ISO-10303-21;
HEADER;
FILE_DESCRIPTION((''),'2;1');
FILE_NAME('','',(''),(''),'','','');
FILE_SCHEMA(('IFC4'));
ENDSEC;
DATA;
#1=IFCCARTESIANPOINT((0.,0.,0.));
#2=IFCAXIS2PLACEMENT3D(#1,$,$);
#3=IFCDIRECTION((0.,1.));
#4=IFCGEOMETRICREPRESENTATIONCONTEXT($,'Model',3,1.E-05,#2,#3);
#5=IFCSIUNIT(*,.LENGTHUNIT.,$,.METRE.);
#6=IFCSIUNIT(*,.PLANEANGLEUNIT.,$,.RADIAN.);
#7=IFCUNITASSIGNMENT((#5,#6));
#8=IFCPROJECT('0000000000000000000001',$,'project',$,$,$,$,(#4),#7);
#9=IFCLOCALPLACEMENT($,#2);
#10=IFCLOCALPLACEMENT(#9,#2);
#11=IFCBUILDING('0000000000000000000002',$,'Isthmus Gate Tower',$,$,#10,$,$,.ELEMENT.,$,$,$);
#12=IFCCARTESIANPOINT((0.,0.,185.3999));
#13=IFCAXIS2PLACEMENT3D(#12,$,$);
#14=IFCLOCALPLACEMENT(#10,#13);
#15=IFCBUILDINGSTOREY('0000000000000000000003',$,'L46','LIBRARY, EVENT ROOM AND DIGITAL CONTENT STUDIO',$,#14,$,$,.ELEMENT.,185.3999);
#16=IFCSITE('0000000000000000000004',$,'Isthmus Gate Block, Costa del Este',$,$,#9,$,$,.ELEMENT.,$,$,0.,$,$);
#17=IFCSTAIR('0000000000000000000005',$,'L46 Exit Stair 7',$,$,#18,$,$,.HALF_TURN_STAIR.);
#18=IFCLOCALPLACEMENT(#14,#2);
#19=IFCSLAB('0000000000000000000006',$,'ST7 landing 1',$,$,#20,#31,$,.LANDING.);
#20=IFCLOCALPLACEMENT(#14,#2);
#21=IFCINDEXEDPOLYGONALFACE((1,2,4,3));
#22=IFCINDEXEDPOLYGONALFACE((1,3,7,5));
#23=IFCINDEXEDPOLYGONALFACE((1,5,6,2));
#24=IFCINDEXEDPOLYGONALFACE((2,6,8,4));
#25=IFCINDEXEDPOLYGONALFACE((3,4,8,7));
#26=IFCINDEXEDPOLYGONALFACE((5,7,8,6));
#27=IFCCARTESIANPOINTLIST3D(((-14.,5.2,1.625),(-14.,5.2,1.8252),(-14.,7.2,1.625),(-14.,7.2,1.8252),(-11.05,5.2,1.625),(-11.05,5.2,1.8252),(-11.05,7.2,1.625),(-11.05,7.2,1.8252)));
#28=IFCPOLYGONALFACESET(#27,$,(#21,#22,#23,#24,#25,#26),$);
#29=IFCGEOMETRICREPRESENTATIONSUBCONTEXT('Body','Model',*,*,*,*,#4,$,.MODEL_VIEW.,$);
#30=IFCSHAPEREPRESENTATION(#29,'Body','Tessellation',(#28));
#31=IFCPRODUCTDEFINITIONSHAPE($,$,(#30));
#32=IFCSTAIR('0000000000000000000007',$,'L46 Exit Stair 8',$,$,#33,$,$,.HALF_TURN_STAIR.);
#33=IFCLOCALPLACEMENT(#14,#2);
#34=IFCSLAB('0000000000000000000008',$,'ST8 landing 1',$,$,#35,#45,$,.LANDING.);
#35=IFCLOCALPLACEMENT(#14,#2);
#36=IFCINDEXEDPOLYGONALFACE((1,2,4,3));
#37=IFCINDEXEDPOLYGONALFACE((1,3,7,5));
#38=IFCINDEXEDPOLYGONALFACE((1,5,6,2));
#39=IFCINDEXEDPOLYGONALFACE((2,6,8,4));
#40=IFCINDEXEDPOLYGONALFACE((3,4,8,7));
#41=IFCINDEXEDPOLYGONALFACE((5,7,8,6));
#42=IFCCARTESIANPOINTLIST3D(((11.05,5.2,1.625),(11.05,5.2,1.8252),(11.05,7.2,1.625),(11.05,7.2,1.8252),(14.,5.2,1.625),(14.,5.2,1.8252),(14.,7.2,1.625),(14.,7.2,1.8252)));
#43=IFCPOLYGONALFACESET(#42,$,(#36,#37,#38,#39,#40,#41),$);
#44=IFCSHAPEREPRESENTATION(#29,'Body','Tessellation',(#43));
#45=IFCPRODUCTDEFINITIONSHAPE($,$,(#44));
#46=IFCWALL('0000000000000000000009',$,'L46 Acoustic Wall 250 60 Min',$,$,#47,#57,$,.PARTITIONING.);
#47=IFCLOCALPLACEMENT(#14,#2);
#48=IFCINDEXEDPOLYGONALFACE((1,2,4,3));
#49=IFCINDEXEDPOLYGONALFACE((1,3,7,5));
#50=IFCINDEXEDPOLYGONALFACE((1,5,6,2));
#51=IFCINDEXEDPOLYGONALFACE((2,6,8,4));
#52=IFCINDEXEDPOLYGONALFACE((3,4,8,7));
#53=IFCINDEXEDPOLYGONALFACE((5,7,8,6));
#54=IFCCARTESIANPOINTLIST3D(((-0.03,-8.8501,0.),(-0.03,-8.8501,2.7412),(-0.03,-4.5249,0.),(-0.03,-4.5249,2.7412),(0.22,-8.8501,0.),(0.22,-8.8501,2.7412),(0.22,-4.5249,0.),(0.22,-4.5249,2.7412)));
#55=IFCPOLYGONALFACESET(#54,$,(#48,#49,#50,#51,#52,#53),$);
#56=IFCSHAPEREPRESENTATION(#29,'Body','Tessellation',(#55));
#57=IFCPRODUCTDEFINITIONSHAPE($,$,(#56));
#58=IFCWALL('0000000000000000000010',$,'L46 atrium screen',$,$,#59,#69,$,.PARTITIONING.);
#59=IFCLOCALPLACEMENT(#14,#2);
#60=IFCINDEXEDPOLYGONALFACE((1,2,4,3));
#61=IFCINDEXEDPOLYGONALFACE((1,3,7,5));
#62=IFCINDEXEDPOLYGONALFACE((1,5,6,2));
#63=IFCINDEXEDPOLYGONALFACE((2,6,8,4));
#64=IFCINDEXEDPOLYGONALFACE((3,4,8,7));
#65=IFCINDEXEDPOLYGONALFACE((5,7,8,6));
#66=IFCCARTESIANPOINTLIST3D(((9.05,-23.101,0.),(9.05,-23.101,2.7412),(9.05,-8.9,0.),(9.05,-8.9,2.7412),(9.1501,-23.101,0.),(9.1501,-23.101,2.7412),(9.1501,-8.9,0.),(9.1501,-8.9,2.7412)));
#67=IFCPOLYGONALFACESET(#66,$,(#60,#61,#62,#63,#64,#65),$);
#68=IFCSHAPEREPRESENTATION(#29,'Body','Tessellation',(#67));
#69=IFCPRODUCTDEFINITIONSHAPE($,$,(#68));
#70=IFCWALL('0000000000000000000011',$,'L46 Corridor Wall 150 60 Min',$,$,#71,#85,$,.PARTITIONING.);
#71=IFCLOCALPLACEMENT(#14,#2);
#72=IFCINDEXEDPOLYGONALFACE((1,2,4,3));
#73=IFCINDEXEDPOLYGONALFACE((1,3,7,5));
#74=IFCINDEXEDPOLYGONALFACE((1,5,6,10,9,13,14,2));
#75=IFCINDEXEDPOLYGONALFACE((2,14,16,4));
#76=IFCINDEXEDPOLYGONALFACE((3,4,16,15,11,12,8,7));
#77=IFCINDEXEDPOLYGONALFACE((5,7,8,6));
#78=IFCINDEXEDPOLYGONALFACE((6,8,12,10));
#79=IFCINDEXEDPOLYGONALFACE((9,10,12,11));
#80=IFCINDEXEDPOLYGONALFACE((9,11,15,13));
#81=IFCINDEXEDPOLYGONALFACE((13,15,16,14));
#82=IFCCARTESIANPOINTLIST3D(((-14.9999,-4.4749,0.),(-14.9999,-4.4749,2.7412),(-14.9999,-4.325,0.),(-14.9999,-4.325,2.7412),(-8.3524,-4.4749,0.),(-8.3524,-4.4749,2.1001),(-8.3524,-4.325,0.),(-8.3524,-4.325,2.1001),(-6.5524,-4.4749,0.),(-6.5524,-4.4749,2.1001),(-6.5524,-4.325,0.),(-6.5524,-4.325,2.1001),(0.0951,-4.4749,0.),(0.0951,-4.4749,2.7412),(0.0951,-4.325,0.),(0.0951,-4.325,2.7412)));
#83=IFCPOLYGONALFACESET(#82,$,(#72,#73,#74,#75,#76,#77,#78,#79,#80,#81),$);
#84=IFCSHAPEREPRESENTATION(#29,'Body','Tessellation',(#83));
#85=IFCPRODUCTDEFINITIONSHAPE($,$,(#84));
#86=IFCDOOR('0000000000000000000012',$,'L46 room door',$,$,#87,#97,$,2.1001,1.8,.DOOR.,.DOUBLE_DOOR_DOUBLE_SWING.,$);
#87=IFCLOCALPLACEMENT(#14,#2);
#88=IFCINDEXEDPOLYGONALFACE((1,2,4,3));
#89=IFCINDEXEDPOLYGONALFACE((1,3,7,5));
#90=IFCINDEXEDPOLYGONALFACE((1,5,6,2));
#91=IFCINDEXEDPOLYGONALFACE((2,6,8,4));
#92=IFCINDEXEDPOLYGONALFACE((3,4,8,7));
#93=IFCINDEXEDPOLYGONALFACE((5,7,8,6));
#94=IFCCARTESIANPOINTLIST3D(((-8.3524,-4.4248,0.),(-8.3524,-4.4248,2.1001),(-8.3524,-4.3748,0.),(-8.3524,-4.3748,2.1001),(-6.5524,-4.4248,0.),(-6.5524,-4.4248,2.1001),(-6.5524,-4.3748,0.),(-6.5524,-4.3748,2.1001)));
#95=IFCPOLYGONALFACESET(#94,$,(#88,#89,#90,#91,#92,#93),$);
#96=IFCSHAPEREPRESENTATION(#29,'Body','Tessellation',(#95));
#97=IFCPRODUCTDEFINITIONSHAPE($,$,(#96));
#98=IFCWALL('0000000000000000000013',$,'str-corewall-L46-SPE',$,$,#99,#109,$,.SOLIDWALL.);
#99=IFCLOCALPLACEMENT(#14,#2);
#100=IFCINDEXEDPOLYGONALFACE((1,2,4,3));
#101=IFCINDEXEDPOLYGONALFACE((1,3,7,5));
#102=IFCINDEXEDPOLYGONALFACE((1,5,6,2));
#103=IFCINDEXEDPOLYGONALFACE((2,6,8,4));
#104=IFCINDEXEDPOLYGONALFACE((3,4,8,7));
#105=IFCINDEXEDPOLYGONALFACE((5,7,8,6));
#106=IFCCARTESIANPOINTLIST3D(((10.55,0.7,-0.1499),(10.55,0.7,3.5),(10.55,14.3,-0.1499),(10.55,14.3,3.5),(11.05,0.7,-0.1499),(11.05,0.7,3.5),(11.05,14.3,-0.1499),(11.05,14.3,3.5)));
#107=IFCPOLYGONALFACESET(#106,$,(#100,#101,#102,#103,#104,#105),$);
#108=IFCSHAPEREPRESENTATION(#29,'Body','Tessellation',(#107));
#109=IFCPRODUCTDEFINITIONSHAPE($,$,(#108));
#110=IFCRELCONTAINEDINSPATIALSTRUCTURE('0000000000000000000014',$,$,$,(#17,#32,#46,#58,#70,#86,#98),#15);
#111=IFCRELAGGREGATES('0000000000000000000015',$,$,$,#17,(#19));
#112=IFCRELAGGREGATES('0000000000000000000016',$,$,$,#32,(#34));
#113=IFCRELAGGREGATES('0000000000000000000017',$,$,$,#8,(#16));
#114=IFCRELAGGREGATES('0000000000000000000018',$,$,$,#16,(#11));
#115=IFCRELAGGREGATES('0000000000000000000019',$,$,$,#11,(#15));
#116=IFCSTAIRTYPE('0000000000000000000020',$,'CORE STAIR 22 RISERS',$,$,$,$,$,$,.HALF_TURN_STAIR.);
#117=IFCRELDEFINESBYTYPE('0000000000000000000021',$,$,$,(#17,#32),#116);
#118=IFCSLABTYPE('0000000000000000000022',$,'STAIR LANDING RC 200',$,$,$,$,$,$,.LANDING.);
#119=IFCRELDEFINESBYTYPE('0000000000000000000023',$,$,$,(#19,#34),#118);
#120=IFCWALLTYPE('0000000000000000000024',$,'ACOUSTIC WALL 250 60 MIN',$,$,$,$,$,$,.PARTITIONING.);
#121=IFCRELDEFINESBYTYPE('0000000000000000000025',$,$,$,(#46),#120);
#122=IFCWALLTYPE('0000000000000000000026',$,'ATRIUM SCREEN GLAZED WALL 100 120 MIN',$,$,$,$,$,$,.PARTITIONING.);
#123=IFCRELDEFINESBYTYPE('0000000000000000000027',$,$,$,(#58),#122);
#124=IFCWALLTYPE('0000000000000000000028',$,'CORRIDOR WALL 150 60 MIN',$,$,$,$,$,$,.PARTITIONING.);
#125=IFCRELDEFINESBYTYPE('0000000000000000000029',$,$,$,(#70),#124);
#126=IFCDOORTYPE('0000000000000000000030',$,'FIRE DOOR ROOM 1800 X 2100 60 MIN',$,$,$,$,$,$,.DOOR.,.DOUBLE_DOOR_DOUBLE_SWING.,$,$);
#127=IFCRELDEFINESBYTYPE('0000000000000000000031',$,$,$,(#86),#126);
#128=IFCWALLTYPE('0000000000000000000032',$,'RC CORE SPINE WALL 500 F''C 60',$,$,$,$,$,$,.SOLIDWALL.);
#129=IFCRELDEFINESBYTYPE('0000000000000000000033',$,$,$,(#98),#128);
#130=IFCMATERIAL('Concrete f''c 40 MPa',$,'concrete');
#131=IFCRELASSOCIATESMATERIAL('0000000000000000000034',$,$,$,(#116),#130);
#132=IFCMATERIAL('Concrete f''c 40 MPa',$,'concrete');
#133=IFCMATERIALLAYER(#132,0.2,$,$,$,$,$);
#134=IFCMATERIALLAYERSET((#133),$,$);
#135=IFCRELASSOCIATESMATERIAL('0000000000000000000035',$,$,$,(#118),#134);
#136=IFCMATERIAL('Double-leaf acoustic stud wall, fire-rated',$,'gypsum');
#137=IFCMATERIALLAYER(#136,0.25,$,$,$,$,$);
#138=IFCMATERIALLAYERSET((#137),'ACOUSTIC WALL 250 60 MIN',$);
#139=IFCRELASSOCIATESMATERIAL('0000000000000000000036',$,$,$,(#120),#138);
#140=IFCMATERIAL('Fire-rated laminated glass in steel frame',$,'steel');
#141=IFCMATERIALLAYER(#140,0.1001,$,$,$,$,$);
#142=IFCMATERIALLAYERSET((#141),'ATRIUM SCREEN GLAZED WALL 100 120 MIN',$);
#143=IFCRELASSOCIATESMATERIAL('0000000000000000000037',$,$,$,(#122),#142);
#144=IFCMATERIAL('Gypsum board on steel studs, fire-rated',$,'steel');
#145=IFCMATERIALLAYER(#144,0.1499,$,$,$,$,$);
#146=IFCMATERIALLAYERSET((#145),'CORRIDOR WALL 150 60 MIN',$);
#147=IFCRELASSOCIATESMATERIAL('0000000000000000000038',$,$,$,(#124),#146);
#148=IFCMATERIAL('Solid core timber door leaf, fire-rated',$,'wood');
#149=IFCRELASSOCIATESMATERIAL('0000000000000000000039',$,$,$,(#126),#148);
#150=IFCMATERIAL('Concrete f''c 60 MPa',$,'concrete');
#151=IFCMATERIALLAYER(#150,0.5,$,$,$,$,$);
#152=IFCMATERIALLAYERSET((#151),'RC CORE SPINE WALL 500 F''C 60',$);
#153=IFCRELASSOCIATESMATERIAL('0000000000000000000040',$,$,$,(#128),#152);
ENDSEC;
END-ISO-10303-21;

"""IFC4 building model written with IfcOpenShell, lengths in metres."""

from ifc_helpers import new_model, si_unit, direction, frame, frame_2d, origin, place, context, subcontext, project, spatial, polyline, rectangle, outline, extrude, material, layer, layer_set, type_object, element, fill, aggregate, save


model = new_model("IFC4")

# Units and contexts
model_context = context("Model", 3, precision=1e-05, world=origin(), true_north=direction((0.0, 1.0)))
body_context = subcontext(model_context, "Body", "Model", "MODEL_VIEW")
ifc_project = project(units=[si_unit("LENGTHUNIT", "METRE"), si_unit("PLANEANGLEUNIT", "RADIAN")], contexts=[model_context])

# Site, building, storey
site_placement = place(None, origin())
site = spatial("IfcSite", under=ifc_project, at=site_placement, Name="Isthmus Gate Block, Costa del Este", CompositionType="ELEMENT", RefElevation=0.0)
building_placement = place(site_placement, origin())
building = spatial("IfcBuilding", under=site, at=building_placement, Name="Isthmus Gate Tower", CompositionType="ELEMENT")
storey_placement = place(building_placement, frame((0.0, 0.0, 185.3999)))
storey = spatial("IfcBuildingStorey", under=building, at=storey_placement, Name="L46", Description="LIBRARY, EVENT ROOM AND DIGITAL CONTENT STUDIO", CompositionType="ELEMENT", Elevation=185.3999)

# Stairs, slabs
ifc_material_1 = material(Name="Concrete f'c 40 MPa", Category="concrete")
stair_type = type_object("IfcStairType", Name="CORE STAIR 22 RISERS", PredefinedType="HALF_TURN_STAIR", material=ifc_material_1)
ifc_material_2 = material(Name="Concrete f'c 40 MPa", Category="concrete")
ifc_layer_1 = layer(ifc_material_2, 0.2)
ifc_layer_set_1 = layer_set([ifc_layer_1])
slab_type_1 = type_object("IfcSlabType", Name="STAIR LANDING RC 200", PredefinedType="LANDING", material=ifc_layer_set_1)
stair_1_placement = place(storey_placement, origin())
stair_1 = element("IfcStair", 1, at=stair_1_placement, inside=storey, type_object=stair_type, Name="L46 Exit Stair 7", PredefinedType="HALF_TURN_STAIR")
slab_1_placement = place(storey_placement, frame((0.0, 0.0, 1.625)))
slab_1 = element("IfcSlab", 2, at=slab_1_placement, type_object=slab_type_1, Name="ST7 landing 1", PredefinedType="LANDING", context=body_context, shape_type="SweptSolid", body=[
    extrude(outline(polyline([(-11.05, 5.2), (-11.05, 7.2), (-14.0, 7.2), (-14.0, 5.2), (-11.05, 5.2)])), origin(), (0.0, 0.0, 1.0), 0.2002),
])
aggregate(stair_1, [slab_1])
stair_2_placement = place(storey_placement, origin())
stair_2 = element("IfcStair", 3, at=stair_2_placement, inside=storey, type_object=stair_type, Name="L46 Exit Stair 8", PredefinedType="HALF_TURN_STAIR")
slab_2_placement = place(storey_placement, frame((0.0, 0.0, 1.625)))
slab_2 = element("IfcSlab", 4, at=slab_2_placement, type_object=slab_type_1, Name="ST8 landing 1", PredefinedType="LANDING", context=body_context, shape_type="SweptSolid", body=[
    extrude(outline(polyline([(14.0, 5.2), (14.0, 7.2), (11.05, 7.2), (11.05, 5.2), (14.0, 5.2)])), origin(), (0.0, 0.0, 1.0), 0.2002),
])
aggregate(stair_2, [slab_2])

# Walls
ifc_material_3 = material(Name="Double-leaf acoustic stud wall, fire-rated", Category="gypsum")
ifc_layer_2 = layer(ifc_material_3, 0.25)
ifc_layer_set_2 = layer_set([ifc_layer_2], Name="ACOUSTIC WALL 250 60 MIN")
wall_type_1 = type_object("IfcWallType", Name="ACOUSTIC WALL 250 60 MIN", PredefinedType="PARTITIONING", material=ifc_layer_set_2)
wall_1_placement = place(storey_placement, frame((0.095, -8.8501, 0.0), z_axis=(0.0, 0.0, 1.0), x_axis=(0.0, 1.0, 0.0)))
element("IfcWall", 5, at=wall_1_placement, inside=storey, type_object=wall_type_1, Name="L46 Acoustic Wall 250 60 Min", PredefinedType="PARTITIONING", context=body_context, shape_type="SweptSolid", body=[
    extrude(rectangle(XDim=4.3252, YDim=0.25, at=frame_2d((2.1626, 0.0))), origin(), (0.0, 0.0, 1.0), 2.7412),
])
ifc_material_4 = material(Name="Fire-rated laminated glass in steel frame", Category="steel")
ifc_layer_3 = layer(ifc_material_4, 0.1001)
ifc_layer_set_3 = layer_set([ifc_layer_3], Name="ATRIUM SCREEN GLAZED WALL 100 120 MIN")
wall_type_2 = type_object("IfcWallType", Name="ATRIUM SCREEN GLAZED WALL 100 120 MIN", PredefinedType="PARTITIONING", material=ifc_layer_set_3)
wall_2_placement = place(storey_placement, frame((9.1001, -8.8999, 0.0), z_axis=(0.0, 0.0, 1.0), x_axis=(0.0, -1.0, 0.0)))
element("IfcWall", 6, at=wall_2_placement, inside=storey, type_object=wall_type_2, Name="L46 atrium screen", PredefinedType="PARTITIONING", context=body_context, shape_type="SweptSolid", body=[
    extrude(rectangle(XDim=14.2009, YDim=0.1001, at=frame_2d((7.1006, 0.0))), origin(), (0.0, 0.0, 1.0), 2.7412),
])

# Wall, opening, door
ifc_material_5 = material(Name="Gypsum board on steel studs, fire-rated", Category="steel")
ifc_layer_4 = layer(ifc_material_5, 0.1499)
ifc_layer_set_4 = layer_set([ifc_layer_4], Name="CORRIDOR WALL 150 60 MIN")
wall_type_3 = type_object("IfcWallType", Name="CORRIDOR WALL 150 60 MIN", PredefinedType="PARTITIONING", material=ifc_layer_set_4)
wall_3_placement = place(storey_placement, frame((0.095, -4.3999, 0.0), z_axis=(0.0, 0.0, 1.0), x_axis=(-1.0, 0.0, 0.0)))
wall_3 = element("IfcWall", 7, at=wall_3_placement, inside=storey, type_object=wall_type_3, Name="L46 Corridor Wall 150 60 Min", PredefinedType="PARTITIONING", context=body_context, shape_type="SweptSolid", body=[
    extrude(rectangle(XDim=15.095, YDim=0.1499, at=frame_2d((7.5474, 0.0))), origin(), (0.0, 0.0, 1.0), 2.7412),
])
opening_placement = place(wall_3_placement, frame((6.6475, 0.0, 0.0)))
opening = element("IfcOpeningElement", 8, at=opening_placement, cuts=wall_3, PredefinedType="OPENING", context=body_context, shape_type="SweptSolid", body=[
    extrude(rectangle(XDim=1.8, YDim=2.1001, at=frame_2d((0.8999, 1.05))), frame((0.0, 0.085, 0.0), z_axis=(0.0, -1.0, 0.0), x_axis=(1.0, 0.0, 0.0)), (0.0, 0.0, 1.0), 0.1699),
])
ifc_material_6 = material(Name="Solid core timber door leaf, fire-rated", Category="wood")
door_type = type_object("IfcDoorType", Name="FIRE DOOR ROOM 1800 X 2100 60 MIN", OperationType="DOUBLE_DOOR_DOUBLE_SWING", PredefinedType="DOOR", material=ifc_material_6)
door_placement = place(opening_placement, origin())
door = element("IfcDoor", 9, at=door_placement, inside=storey, type_object=door_type, Name="L46 room door", OperationType="DOUBLE_DOOR_DOUBLE_SWING", OverallHeight=2.1001, OverallWidth=1.8, PredefinedType="DOOR", context=body_context, shape_type="SweptSolid", body=[
    extrude(rectangle(XDim=1.8, YDim=2.1001, at=frame_2d((0.8999, 1.05))), frame((0.0, 0.0249, 0.0), z_axis=(0.0, -1.0, 0.0), x_axis=(1.0, 0.0, 0.0)), (0.0, 0.0, 1.0), 0.05),
])
fill(opening, door)

# Wall
ifc_material_7 = material(Name="Concrete f'c 60 MPa", Category="concrete")
ifc_layer_5 = layer(ifc_material_7, 0.5)
ifc_layer_set_5 = layer_set([ifc_layer_5], Name="RC CORE SPINE WALL 500 F'C 60")
wall_type_4 = type_object("IfcWallType", Name="RC CORE SPINE WALL 500 F'C 60", PredefinedType="SOLIDWALL", material=ifc_layer_set_5)
wall_4_placement = place(storey_placement, frame((10.8, 0.7, -0.1499), z_axis=(0.0, 0.0, 1.0), x_axis=(0.0, 1.0, 0.0)))
element("IfcWall", 10, at=wall_4_placement, inside=storey, type_object=wall_type_4, Name="str-corewall-L46-SPE", PredefinedType="SOLIDWALL", context=body_context, shape_type="SweptSolid", body=[
    extrude(rectangle(XDim=13.6001, YDim=0.5, at=frame_2d((6.8, 0.0))), origin(), (0.0, 0.0, 1.0), 3.6499),
])

save(model, "model.ifc")
